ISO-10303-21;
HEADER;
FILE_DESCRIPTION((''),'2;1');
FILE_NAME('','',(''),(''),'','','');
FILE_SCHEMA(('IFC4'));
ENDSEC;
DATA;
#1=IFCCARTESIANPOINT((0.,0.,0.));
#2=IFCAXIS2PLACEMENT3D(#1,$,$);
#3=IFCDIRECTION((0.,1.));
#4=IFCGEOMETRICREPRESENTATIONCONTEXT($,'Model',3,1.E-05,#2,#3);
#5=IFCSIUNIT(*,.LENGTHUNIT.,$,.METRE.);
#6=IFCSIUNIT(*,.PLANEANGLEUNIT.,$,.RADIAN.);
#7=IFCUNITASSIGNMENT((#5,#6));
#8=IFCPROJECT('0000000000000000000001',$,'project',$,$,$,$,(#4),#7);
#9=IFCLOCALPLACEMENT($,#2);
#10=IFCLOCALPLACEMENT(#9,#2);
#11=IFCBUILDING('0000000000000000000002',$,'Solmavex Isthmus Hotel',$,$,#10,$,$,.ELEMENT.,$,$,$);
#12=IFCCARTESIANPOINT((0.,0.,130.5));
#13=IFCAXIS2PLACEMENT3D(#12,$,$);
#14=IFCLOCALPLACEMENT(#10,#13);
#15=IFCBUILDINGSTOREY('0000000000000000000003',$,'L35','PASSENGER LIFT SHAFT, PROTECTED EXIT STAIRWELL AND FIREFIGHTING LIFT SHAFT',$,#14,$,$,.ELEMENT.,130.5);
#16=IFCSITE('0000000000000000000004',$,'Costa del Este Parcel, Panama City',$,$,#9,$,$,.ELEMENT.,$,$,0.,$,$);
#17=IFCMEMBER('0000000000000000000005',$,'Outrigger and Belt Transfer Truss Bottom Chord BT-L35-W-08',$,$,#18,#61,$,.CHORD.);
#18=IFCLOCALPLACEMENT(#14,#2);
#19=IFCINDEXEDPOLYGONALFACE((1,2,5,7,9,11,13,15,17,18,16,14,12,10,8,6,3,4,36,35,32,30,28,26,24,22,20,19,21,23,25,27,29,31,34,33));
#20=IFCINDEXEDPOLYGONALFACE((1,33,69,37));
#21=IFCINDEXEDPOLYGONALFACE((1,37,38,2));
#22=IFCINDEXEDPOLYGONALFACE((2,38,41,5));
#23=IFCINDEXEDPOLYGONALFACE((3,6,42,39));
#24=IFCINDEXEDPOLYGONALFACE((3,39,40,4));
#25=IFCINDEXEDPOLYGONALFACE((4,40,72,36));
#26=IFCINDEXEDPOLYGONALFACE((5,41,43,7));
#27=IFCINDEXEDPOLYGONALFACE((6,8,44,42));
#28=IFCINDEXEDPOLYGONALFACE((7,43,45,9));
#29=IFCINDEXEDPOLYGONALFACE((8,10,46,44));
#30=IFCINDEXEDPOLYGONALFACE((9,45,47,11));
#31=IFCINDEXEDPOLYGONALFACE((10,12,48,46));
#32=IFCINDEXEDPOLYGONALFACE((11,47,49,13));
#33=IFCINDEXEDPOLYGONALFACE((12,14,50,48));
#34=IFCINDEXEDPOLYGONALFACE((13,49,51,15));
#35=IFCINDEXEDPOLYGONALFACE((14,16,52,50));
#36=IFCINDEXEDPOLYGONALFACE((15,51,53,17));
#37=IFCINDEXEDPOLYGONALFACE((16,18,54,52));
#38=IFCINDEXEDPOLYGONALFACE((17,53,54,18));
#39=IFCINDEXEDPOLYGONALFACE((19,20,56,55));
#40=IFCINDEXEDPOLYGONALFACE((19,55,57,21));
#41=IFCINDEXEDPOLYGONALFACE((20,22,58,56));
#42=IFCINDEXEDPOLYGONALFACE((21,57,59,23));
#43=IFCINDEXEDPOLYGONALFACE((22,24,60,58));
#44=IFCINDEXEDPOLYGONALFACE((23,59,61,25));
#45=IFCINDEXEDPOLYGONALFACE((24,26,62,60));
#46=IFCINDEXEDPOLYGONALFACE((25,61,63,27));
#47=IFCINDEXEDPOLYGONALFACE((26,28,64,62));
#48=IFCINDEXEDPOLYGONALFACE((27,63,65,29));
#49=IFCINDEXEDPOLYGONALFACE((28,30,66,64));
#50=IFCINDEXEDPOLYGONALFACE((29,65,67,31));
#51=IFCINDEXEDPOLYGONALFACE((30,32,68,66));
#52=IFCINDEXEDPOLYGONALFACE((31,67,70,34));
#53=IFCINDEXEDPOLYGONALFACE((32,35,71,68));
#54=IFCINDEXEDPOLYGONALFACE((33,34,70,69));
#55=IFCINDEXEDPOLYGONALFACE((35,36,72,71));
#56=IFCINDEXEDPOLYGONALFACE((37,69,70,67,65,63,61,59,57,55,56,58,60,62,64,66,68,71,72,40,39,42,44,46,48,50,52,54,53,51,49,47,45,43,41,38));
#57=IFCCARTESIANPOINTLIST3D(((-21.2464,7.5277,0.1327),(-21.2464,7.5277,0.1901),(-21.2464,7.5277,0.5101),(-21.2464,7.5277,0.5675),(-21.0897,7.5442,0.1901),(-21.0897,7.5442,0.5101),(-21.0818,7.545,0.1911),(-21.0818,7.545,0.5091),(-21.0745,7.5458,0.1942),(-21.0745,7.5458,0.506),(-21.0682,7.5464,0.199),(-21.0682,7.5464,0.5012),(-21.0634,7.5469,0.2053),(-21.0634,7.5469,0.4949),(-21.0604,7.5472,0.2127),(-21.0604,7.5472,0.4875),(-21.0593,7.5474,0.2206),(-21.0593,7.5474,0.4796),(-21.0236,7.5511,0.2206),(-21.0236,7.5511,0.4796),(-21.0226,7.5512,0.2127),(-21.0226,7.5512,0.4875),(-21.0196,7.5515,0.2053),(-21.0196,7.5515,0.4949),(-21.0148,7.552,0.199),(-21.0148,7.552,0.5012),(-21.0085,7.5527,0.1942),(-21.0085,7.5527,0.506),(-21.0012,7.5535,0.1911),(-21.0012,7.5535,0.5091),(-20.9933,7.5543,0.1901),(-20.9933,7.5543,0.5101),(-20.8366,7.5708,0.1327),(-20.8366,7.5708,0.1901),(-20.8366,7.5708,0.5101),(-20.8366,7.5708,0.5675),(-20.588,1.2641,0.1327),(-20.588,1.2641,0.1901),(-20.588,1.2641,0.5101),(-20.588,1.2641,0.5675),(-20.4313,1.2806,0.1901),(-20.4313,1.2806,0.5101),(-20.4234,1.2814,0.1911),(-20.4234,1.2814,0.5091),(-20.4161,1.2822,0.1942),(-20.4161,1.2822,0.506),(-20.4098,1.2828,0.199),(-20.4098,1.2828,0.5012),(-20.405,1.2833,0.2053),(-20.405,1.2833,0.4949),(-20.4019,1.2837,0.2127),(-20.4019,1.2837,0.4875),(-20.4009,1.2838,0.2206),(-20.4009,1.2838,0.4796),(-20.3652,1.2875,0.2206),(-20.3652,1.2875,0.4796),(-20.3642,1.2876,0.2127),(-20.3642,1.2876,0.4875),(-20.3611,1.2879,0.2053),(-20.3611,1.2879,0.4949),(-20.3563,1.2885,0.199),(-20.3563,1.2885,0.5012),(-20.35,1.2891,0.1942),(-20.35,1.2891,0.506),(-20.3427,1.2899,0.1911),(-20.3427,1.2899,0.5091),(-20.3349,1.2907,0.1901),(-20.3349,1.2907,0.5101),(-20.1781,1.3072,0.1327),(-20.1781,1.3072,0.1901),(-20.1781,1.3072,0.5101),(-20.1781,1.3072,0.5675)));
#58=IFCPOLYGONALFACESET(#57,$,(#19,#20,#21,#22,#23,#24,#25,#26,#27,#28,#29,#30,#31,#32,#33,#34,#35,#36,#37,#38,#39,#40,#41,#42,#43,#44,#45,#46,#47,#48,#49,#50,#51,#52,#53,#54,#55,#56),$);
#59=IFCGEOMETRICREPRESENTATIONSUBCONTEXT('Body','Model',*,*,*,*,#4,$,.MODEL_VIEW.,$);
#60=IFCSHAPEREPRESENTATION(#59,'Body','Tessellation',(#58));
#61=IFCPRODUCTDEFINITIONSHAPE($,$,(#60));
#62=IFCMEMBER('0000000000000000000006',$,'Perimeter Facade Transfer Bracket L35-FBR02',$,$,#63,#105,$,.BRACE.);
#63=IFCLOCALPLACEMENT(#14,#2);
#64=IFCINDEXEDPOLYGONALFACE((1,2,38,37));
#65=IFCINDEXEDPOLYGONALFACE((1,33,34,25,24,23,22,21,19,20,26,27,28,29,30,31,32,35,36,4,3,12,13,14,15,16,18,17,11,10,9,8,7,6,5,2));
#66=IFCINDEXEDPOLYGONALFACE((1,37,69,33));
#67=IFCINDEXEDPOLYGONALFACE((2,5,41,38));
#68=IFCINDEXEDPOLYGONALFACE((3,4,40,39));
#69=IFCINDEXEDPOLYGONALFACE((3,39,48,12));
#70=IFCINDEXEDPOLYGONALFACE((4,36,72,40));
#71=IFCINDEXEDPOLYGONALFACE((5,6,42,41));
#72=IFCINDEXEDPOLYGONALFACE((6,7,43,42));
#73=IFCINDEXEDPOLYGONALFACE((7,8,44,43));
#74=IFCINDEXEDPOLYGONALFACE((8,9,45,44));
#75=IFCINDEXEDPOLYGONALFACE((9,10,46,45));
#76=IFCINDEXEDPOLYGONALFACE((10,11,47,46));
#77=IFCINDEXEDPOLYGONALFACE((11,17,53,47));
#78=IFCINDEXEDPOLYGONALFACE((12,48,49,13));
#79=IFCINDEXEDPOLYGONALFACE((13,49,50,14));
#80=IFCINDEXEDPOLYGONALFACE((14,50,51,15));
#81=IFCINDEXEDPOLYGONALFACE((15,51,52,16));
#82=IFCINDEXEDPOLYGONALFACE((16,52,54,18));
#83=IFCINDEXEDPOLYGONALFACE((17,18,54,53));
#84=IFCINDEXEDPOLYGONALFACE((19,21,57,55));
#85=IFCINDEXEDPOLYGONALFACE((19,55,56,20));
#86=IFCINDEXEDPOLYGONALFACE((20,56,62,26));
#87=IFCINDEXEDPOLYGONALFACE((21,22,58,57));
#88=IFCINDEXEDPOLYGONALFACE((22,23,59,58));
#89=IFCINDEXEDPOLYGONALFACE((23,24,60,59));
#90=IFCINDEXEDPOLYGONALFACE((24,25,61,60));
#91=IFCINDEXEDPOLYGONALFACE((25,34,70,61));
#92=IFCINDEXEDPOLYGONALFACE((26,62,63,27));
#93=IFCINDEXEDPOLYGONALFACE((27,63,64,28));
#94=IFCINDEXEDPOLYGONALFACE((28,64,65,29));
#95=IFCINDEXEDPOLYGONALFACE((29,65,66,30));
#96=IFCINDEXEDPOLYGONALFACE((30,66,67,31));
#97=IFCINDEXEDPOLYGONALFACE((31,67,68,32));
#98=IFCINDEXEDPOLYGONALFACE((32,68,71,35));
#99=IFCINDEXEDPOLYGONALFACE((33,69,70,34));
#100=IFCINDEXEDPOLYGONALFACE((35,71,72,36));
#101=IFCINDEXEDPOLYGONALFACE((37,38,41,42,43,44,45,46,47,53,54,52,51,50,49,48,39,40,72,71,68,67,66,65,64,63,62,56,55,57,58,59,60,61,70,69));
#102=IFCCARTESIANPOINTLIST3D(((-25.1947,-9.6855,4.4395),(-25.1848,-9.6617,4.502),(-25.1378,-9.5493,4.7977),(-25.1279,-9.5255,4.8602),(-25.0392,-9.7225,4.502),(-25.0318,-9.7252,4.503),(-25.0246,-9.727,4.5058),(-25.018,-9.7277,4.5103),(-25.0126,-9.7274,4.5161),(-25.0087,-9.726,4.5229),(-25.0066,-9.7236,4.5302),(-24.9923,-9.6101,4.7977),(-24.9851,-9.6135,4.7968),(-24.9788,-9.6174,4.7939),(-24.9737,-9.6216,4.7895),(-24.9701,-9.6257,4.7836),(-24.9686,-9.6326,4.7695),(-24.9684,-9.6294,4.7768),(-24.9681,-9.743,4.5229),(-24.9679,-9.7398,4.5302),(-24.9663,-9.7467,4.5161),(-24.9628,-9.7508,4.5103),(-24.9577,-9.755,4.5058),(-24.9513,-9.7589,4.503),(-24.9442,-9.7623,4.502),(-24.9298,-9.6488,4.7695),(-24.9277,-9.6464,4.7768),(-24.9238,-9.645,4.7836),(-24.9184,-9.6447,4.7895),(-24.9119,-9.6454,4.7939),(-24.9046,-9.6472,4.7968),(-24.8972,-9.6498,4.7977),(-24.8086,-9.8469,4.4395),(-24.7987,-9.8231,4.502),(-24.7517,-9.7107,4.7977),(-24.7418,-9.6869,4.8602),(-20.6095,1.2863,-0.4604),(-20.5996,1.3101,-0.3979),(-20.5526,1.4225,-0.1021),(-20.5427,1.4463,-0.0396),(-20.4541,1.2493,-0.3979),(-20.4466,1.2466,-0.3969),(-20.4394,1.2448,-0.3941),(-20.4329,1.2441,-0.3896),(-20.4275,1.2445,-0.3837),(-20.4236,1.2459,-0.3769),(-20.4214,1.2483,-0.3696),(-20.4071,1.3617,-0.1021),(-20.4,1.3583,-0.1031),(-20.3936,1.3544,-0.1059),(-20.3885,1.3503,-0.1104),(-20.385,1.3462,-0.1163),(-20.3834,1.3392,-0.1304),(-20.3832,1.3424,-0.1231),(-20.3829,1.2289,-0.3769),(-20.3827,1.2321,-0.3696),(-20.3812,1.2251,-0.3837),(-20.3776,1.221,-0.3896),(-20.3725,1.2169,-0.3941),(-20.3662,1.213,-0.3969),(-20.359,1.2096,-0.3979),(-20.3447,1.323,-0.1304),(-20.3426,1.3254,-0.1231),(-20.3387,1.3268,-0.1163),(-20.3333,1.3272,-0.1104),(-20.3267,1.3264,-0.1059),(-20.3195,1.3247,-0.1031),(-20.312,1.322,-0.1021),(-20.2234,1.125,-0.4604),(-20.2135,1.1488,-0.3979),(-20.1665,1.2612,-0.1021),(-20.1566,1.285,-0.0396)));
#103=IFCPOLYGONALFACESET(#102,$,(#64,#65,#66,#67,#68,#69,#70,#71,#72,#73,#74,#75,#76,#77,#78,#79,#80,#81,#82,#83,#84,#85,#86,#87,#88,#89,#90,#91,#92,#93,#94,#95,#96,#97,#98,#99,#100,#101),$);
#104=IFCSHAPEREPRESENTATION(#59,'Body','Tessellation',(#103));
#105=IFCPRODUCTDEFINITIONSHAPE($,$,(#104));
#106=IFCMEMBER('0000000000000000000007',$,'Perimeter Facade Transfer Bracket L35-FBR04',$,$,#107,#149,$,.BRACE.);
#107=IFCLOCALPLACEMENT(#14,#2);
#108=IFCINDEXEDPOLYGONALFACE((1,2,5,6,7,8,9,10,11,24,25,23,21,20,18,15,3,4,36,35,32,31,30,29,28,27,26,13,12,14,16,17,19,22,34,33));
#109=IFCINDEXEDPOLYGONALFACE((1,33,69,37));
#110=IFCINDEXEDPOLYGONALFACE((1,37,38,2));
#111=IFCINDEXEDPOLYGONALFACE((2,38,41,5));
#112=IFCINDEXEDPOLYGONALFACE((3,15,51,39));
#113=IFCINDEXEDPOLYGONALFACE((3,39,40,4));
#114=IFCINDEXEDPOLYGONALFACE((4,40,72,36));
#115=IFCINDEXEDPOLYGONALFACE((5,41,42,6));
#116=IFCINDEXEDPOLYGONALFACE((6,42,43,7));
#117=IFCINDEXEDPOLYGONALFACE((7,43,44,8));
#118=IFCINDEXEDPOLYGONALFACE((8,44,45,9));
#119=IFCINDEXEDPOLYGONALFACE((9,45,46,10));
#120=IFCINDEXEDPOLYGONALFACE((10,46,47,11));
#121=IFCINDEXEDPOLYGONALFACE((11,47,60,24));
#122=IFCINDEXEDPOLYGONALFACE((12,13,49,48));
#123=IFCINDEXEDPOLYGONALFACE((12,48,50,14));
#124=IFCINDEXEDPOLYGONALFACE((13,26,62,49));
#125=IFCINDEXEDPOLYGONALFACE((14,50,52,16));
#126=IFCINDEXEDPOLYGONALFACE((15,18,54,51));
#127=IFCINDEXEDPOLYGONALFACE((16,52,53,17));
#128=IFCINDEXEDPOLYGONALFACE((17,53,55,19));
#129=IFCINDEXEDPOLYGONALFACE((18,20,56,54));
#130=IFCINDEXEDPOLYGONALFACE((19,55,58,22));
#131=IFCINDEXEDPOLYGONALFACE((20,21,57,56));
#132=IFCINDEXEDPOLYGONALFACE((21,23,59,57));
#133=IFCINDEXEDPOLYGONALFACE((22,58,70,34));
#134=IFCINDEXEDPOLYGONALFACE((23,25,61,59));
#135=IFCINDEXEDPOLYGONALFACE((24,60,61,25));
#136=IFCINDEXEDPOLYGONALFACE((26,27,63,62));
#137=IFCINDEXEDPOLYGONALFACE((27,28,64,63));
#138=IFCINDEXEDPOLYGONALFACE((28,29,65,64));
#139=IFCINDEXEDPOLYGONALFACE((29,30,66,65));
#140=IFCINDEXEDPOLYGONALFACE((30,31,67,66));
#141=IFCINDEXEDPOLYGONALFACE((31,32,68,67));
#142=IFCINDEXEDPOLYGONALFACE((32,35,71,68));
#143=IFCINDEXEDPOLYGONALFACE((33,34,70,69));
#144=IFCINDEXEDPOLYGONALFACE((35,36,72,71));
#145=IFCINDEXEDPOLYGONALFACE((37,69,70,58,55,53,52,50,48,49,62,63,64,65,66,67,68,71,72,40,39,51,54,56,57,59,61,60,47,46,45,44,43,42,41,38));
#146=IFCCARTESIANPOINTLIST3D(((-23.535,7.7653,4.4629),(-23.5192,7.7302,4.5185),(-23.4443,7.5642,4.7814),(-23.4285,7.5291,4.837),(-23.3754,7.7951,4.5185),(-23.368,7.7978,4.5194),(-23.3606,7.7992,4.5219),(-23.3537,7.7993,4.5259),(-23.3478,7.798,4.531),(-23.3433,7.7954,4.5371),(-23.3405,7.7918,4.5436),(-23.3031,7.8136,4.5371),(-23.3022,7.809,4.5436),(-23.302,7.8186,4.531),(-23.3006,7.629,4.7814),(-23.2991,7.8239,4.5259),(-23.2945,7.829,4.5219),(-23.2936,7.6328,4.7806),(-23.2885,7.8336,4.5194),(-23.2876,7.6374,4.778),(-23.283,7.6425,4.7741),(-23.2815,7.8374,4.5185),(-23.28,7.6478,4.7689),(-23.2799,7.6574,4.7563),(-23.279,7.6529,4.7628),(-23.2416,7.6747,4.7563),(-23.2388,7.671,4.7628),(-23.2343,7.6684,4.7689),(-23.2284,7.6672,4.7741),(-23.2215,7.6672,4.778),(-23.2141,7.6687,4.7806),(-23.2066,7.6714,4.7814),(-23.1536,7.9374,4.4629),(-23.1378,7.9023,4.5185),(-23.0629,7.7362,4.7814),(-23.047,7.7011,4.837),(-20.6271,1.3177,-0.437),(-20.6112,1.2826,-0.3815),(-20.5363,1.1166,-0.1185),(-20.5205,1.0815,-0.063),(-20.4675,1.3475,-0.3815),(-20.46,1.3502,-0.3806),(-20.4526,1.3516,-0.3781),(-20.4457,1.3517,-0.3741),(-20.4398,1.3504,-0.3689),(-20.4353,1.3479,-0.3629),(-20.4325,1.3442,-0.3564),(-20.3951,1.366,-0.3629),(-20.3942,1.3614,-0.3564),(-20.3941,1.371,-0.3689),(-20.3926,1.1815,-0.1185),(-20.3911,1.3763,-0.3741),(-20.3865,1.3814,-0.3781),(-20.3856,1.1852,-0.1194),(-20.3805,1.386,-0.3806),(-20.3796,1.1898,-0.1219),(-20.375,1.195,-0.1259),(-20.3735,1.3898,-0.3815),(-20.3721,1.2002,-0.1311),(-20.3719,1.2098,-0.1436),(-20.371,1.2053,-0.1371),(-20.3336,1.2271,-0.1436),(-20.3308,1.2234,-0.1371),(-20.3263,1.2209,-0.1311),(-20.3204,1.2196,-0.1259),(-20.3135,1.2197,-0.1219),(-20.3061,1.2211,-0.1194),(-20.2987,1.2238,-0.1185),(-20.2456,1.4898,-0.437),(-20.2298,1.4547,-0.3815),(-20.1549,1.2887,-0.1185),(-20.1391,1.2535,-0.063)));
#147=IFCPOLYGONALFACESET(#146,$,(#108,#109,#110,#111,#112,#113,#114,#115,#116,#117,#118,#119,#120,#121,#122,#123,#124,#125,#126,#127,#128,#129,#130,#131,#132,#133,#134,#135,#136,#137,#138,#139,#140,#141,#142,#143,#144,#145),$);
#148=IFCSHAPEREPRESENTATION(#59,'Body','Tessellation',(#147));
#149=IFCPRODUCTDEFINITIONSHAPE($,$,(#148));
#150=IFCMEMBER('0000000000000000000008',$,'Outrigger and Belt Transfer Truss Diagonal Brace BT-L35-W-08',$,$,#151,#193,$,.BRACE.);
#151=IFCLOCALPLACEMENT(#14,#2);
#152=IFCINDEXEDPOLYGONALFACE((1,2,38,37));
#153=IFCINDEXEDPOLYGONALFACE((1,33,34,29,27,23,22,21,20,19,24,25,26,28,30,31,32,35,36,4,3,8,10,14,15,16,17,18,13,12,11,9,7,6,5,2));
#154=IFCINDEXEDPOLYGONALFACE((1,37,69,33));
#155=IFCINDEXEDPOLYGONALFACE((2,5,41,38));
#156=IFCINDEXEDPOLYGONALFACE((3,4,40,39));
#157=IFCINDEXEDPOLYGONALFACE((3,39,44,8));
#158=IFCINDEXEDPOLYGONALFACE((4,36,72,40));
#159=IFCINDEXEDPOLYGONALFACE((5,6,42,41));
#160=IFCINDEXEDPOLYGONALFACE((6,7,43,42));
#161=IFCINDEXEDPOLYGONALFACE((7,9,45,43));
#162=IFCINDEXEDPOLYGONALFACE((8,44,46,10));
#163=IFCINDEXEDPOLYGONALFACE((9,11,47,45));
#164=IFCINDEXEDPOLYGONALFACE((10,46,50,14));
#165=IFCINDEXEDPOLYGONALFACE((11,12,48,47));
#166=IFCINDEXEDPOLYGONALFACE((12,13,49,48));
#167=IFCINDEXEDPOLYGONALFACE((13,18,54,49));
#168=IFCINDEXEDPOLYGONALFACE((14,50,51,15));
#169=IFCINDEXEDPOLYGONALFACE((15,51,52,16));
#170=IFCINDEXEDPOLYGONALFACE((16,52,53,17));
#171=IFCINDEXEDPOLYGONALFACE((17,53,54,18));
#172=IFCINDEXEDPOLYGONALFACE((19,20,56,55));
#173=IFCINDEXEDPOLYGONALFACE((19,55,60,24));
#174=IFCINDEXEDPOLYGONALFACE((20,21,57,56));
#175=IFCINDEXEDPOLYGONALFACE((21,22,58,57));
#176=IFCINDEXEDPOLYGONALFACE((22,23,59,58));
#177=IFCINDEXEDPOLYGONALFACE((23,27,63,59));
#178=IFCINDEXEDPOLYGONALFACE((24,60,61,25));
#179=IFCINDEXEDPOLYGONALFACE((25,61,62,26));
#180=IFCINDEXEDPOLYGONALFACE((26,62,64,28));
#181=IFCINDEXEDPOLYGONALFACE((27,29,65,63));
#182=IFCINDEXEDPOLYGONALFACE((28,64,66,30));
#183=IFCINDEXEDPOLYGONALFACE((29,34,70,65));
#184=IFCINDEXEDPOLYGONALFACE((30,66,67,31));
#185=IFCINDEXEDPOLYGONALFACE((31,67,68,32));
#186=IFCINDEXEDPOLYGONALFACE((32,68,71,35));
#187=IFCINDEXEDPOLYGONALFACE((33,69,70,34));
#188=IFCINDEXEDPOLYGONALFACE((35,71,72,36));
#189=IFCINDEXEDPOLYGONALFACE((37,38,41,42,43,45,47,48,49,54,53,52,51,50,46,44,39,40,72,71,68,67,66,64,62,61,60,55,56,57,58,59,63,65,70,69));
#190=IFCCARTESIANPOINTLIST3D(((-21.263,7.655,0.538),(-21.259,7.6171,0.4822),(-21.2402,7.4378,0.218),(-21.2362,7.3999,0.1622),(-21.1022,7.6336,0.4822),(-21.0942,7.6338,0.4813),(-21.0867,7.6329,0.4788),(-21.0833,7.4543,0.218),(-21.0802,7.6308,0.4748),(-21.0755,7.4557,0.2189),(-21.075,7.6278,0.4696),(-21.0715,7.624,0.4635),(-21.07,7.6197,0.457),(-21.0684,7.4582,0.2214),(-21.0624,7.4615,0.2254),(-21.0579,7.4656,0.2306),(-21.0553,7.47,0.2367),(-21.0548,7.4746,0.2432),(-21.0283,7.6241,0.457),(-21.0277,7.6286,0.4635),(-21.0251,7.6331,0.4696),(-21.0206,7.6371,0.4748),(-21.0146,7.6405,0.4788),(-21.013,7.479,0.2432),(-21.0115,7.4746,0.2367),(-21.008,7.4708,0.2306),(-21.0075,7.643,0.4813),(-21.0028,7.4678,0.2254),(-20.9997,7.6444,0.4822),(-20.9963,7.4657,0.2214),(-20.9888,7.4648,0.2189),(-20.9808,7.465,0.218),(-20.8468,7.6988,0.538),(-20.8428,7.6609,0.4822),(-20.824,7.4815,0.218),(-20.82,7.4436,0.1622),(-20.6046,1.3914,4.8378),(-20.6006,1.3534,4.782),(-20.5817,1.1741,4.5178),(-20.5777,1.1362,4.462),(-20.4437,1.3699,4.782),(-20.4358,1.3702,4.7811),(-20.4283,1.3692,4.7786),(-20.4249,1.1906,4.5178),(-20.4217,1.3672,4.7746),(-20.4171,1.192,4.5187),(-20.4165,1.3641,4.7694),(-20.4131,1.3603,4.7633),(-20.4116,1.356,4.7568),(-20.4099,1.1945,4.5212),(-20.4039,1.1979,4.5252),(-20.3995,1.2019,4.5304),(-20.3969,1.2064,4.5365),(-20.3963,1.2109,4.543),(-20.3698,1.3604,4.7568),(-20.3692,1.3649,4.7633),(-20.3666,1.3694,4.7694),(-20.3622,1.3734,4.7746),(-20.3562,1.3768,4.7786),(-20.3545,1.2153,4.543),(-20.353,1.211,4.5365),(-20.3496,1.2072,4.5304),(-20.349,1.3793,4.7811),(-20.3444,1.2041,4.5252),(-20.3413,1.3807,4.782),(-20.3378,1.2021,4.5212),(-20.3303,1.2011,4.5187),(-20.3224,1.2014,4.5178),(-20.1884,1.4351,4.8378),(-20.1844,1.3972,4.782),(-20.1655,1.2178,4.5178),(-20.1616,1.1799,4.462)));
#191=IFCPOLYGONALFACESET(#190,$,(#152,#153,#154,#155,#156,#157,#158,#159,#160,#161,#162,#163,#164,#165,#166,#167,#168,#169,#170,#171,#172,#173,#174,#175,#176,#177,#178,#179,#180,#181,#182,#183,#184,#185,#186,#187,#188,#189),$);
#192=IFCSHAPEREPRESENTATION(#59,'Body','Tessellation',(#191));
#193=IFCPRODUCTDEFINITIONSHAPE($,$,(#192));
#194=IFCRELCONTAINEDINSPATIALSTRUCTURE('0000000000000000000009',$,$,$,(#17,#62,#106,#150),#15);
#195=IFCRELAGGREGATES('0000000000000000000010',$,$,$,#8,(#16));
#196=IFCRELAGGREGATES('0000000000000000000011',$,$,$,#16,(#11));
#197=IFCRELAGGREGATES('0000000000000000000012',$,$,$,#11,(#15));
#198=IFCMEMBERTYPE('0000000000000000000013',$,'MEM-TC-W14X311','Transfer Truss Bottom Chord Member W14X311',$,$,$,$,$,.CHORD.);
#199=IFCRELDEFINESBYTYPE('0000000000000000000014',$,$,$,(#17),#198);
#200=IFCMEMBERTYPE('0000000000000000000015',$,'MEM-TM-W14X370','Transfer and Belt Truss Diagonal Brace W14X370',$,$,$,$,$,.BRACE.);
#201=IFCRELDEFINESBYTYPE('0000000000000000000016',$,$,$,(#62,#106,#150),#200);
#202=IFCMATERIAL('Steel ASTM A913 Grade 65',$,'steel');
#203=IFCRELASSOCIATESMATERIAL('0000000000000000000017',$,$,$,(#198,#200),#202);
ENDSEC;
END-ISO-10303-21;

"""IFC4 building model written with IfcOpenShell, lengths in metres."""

from ifc_helpers import new_model, si_unit, direction, frame, origin, origin_2d, place, context, subcontext, project, spatial, i_section, extrude, material, material_profile, profile_set, type_object, element, save


model = new_model("IFC4")

# Units and contexts
model_context = context("Model", 3, precision=1e-05, world=origin(), true_north=direction((0.0, 1.0)))
body_context = subcontext(model_context, "Body", "Model", "MODEL_VIEW")
ifc_project = project(units=[si_unit("LENGTHUNIT", "METRE"), si_unit("PLANEANGLEUNIT", "RADIAN")], contexts=[model_context])

# Site, building, storey
site_placement = place(None, origin())
site = spatial("IfcSite", under=ifc_project, at=site_placement, Name="Costa del Este Parcel, Panama City", CompositionType="ELEMENT", RefElevation=0.0)
building_placement = place(site_placement, origin())
building = spatial("IfcBuilding", under=site, at=building_placement, Name="Solmavex Isthmus Hotel", CompositionType="ELEMENT")
storey_placement = place(building_placement, frame((0.0, 0.0, 130.5)))
storey = spatial("IfcBuildingStorey", under=building, at=storey_placement, Name="L35", Description="PASSENGER LIFT SHAFT, PROTECTED EXIT STAIRWELL AND FIREFIGHTING LIFT SHAFT", CompositionType="ELEMENT", Elevation=130.5)

# Shared definitions
ifc_material_1 = material(Name="Steel ASTM A913 Grade 65", Category="steel")

# Members
ifc_material_profile_1 = material_profile(ifc_material_1, i_section(OverallWidth=0.4121, OverallDepth=0.4348, WebThickness=0.0359, FlangeThickness=0.0574, FilletRadius=0.0305, at=origin_2d()), Name="W14X311")
ifc_profile_set_1 = profile_set([ifc_material_profile_1], Name="Steel ASTM A913 Grade 65")
member_type_1 = type_object("IfcMemberType", Name="MEM-TC-W14X311", Description="Transfer Truss Bottom Chord Member W14X311", PredefinedType="CHORD", material=ifc_profile_set_1)
member_1_placement = place(storey_placement, frame((-20.3831, 1.2856, 0.3501), z_axis=(-0.104546, 0.99452, 0.0), x_axis=(-0.99452, -0.104546, 0.0)))
element("IfcMember", 1, at=member_1_placement, inside=storey, type_object=member_type_1, Name="Outrigger and Belt Transfer Truss Bottom Chord BT-L35-W-08", PredefinedType="CHORD", context=body_context, shape_type="SweptSolid", body=[
    extrude(i_section(OverallWidth=0.4121, OverallDepth=0.4348, WebThickness=0.0359, FlangeThickness=0.0574, FilletRadius=0.0305, at=origin_2d()), origin(), (0.0, 0.0, 1.0), 6.2981),
])
ifc_material_profile_2 = material_profile(ifc_material_1, i_section(OverallWidth=0.4185, OverallDepth=0.4551, WebThickness=0.042, FlangeThickness=0.0676, FilletRadius=0.0305, at=origin_2d()), Name="W14X370")
ifc_profile_set_2 = profile_set([ifc_material_profile_2], Name="Steel ASTM A913 Grade 65")
member_type_2 = type_object("IfcMemberType", Name="MEM-TM-W14X370", Description="Transfer and Belt Truss Diagonal Brace W14X370", PredefinedType="BRACE", material=ifc_profile_set_2)
member_2_placement = place(storey_placement, frame((-20.3831, 1.2856, -0.25), z_axis=(-0.356508, -0.853088, 0.380977), x_axis=(0.922671, -0.385588, 0.0)))
element("IfcMember", 2, at=member_2_placement, inside=storey, type_object=member_type_2, Name="Perimeter Facade Transfer Bracket L35-FBR02", PredefinedType="BRACE", context=body_context, shape_type="SweptSolid", body=[
    extrude(i_section(OverallWidth=0.4185, OverallDepth=0.4551, WebThickness=0.042, FlangeThickness=0.0676, FilletRadius=0.0305, at=origin_2d()), origin(), (0.0, 0.0, 1.0), 12.8613),
])
member_3_placement = place(storey_placement, frame((-20.3831, 1.2856, -0.25), z_axis=(-0.337962, 0.749327, 0.569465), x_axis=(-0.911573, -0.411138, 0.0)))
element("IfcMember", 3, at=member_3_placement, inside=storey, type_object=member_type_2, Name="Perimeter Facade Transfer Bracket L35-FBR04", PredefinedType="BRACE", context=body_context, shape_type="SweptSolid", body=[
    extrude(i_section(OverallWidth=0.4185, OverallDepth=0.4551, WebThickness=0.042, FlangeThickness=0.0676, FilletRadius=0.0305, at=origin_2d()), origin(), (0.0, 0.0, 1.0), 8.6045),
])
member_4_placement = place(storey_placement, frame((-20.3831, 1.2856, 4.6499), z_axis=(-0.086343, 0.82136, -0.563837), x_axis=(-0.99452, -0.104546, 0.0)))
element("IfcMember", 4, at=member_4_placement, inside=storey, type_object=member_type_2, Name="Outrigger and Belt Transfer Truss Diagonal Brace BT-L35-W-08", PredefinedType="BRACE", context=body_context, shape_type="SweptSolid", body=[
    extrude(i_section(OverallWidth=0.4185, OverallDepth=0.4551, WebThickness=0.042, FlangeThickness=0.0676, FilletRadius=0.0305, at=origin_2d()), origin(), (0.0, 0.0, 1.0), 7.626),
])

save(model, "model.ifc")
